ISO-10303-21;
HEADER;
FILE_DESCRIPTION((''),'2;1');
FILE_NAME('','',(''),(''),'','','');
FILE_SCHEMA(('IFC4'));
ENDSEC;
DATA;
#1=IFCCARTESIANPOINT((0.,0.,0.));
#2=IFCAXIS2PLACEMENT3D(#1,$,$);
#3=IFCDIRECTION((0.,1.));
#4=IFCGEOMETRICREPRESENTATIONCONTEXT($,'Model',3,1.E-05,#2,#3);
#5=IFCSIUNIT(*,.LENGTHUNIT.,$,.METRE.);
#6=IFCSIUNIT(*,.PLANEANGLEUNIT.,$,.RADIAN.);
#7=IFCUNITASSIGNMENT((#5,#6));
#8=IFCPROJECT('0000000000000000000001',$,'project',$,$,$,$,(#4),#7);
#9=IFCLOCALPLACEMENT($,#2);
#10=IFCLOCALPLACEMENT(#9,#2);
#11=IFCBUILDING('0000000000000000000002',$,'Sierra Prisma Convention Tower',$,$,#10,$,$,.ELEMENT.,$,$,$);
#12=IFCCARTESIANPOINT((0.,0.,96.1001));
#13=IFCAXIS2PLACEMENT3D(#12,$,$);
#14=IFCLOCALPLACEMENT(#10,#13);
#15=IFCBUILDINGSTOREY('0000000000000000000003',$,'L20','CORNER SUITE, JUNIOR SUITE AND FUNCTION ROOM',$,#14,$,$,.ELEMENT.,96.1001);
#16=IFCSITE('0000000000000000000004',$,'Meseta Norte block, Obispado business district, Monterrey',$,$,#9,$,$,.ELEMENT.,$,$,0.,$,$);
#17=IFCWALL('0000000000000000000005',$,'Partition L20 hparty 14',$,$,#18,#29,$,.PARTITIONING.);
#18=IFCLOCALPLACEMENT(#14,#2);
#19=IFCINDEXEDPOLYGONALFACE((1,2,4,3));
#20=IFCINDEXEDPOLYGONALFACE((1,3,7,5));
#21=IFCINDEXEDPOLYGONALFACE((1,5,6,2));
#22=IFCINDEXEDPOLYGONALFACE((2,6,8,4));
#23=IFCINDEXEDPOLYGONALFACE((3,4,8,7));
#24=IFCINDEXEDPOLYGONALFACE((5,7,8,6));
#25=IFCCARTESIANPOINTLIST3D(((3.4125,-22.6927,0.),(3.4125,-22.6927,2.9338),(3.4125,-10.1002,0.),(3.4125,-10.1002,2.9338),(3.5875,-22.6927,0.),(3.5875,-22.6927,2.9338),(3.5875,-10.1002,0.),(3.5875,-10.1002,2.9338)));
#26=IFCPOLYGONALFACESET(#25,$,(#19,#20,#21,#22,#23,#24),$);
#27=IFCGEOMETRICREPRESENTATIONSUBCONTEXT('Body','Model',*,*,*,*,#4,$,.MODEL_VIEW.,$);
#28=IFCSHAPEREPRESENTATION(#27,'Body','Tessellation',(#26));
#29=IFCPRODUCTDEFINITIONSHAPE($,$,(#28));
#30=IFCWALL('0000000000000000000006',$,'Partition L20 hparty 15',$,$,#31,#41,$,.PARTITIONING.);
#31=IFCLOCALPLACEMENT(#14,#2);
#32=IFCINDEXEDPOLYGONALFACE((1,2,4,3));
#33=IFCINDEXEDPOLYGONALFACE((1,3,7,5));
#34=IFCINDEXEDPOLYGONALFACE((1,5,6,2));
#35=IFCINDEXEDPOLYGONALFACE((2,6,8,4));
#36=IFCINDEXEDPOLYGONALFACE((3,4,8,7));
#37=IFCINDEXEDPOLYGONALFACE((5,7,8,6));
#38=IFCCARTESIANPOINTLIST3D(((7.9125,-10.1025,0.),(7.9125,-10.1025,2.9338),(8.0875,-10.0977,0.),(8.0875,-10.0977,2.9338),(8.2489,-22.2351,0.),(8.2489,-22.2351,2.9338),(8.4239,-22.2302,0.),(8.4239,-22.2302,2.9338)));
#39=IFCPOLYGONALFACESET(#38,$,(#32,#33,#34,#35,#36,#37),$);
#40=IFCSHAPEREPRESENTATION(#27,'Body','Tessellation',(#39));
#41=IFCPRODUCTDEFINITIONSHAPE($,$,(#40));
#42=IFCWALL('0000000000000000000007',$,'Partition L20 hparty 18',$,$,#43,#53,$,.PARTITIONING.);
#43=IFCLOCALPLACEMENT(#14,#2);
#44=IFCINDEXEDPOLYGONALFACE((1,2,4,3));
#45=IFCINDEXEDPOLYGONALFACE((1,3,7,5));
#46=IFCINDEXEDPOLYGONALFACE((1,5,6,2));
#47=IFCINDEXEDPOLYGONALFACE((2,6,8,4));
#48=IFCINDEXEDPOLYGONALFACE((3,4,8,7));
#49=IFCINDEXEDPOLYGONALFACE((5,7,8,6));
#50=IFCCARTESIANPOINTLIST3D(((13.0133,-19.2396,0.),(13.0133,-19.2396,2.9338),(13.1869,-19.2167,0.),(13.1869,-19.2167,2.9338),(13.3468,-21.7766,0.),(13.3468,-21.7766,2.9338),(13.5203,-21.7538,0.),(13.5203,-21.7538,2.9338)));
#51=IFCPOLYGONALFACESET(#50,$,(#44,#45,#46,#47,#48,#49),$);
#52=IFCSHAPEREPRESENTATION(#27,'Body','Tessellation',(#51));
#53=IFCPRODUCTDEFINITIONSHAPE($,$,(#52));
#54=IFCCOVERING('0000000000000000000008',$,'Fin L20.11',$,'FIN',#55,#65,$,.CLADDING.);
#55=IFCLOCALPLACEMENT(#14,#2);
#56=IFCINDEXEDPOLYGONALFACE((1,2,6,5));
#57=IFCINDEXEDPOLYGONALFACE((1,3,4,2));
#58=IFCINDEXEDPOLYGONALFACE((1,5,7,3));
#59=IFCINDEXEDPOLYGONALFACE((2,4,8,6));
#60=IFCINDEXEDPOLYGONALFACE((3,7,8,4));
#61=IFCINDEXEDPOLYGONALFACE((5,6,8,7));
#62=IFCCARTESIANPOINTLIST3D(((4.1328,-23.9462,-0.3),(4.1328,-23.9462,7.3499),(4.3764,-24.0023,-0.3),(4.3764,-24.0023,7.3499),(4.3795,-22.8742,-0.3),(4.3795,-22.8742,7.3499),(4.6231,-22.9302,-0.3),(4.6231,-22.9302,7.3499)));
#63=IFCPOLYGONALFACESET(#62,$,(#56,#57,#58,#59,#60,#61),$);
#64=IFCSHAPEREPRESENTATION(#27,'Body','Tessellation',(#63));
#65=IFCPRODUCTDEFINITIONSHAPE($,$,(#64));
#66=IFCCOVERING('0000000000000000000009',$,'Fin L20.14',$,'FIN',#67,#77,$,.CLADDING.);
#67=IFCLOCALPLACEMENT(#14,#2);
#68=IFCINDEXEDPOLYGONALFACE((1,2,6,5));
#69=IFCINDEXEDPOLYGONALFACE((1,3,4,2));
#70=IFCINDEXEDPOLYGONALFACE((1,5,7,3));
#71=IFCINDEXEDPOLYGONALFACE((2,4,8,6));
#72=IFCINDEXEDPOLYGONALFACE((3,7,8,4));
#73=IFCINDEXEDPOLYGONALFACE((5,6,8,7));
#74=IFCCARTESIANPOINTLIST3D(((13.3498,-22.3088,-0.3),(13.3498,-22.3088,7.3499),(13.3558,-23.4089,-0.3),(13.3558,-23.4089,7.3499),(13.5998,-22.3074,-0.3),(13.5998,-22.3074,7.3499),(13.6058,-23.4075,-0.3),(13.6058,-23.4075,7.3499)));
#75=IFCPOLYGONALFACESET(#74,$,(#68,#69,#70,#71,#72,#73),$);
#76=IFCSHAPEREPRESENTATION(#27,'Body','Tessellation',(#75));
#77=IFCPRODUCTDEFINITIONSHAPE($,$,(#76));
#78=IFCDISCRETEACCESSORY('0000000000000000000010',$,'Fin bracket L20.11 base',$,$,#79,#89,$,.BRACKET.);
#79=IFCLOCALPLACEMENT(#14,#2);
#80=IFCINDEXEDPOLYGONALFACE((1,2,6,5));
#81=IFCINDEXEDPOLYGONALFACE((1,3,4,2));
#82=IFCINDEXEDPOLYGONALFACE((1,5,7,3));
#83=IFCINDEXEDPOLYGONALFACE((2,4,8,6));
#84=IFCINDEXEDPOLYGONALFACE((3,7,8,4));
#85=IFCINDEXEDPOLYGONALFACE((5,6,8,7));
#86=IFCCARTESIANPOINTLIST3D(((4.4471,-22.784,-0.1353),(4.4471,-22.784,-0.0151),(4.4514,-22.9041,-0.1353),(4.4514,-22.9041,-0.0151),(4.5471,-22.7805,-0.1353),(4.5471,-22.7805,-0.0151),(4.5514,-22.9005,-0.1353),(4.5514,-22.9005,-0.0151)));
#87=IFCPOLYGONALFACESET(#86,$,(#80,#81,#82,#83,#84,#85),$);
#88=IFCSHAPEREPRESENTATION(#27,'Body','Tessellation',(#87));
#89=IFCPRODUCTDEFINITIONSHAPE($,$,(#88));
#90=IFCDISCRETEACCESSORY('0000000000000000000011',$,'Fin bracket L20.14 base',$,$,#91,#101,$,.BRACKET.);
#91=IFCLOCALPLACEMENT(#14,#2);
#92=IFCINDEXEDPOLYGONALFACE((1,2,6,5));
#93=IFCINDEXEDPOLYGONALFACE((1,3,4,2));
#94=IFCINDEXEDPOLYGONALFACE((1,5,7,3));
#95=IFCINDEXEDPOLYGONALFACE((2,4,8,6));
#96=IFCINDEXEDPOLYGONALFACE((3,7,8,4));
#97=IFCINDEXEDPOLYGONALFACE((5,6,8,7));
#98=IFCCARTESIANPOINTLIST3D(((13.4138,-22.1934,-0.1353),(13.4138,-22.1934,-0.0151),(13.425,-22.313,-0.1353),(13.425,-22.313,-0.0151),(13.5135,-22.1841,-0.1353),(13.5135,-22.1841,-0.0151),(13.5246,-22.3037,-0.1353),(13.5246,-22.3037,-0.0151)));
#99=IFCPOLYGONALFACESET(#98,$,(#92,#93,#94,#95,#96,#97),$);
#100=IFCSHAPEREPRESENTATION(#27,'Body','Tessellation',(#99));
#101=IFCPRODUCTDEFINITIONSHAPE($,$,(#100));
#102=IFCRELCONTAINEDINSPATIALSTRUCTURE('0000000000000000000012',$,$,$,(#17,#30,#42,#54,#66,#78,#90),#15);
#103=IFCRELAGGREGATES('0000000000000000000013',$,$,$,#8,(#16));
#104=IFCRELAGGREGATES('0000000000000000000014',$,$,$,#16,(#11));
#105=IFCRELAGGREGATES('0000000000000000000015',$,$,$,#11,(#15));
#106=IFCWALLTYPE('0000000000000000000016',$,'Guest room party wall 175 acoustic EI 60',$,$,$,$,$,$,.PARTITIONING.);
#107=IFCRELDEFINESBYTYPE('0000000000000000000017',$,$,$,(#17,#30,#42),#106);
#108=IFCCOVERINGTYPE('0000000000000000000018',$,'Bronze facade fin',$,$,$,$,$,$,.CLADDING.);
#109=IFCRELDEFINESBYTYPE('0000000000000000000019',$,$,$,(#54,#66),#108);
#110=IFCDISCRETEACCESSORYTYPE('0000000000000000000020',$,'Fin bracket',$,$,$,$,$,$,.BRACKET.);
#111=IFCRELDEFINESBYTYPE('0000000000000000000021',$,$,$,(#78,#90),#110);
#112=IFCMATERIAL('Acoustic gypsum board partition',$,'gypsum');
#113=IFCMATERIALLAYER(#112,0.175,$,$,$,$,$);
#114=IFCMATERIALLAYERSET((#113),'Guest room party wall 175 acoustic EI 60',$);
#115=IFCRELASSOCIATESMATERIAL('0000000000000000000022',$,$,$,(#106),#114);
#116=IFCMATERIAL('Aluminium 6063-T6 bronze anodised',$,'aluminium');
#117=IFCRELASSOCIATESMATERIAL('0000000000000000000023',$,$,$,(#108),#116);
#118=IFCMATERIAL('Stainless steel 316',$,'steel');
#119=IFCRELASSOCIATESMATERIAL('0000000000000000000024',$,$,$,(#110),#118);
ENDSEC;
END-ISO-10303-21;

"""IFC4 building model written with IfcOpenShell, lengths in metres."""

from ifc_helpers import new_model, si_unit, direction, frame, frame_2d, origin, origin_2d, place, context, subcontext, project, spatial, rectangle, extrude, material, layer, layer_set, material_profile, profile_set, type_object, element, save


model = new_model("IFC4")

# Units and contexts
model_context = context("Model", 3, precision=1e-05, world=origin(), true_north=direction((0.0, 1.0)))
body_context = subcontext(model_context, "Body", "Model", "MODEL_VIEW")
ifc_project = project(units=[si_unit("LENGTHUNIT", "METRE"), si_unit("PLANEANGLEUNIT", "RADIAN")], contexts=[model_context])

# Site, building, storey
site_placement = place(None, origin())
site = spatial("IfcSite", under=ifc_project, at=site_placement, Name="Meseta Norte block, Obispado business district, Monterrey", CompositionType="ELEMENT", RefElevation=0.0)
building_placement = place(site_placement, origin())
building = spatial("IfcBuilding", under=site, at=building_placement, Name="Sierra Prisma Convention Tower", CompositionType="ELEMENT")
storey_placement = place(building_placement, frame((0.0, 0.0, 96.1001)))
storey = spatial("IfcBuildingStorey", under=building, at=storey_placement, Name="L20", Description="CORNER SUITE, JUNIOR SUITE AND FUNCTION ROOM", CompositionType="ELEMENT", Elevation=96.1001)

# Walls
ifc_material_1 = material(Name="Acoustic gypsum board partition", Category="gypsum")
ifc_layer_1 = layer(ifc_material_1, 0.175)
ifc_layer_set_1 = layer_set([ifc_layer_1], Name="Guest room party wall 175 acoustic EI 60")
wall_type_1 = type_object("IfcWallType", Name="Guest room party wall 175 acoustic EI 60", PredefinedType="PARTITIONING", material=ifc_layer_set_1)
wall_1_placement = place(storey_placement, frame((3.5, -10.1001, 0.0), z_axis=(0.0, 0.0, 1.0), x_axis=(0.0, -1.0, 0.0)))
element("IfcWall", 1, at=wall_1_placement, inside=storey, type_object=wall_type_1, Name="Partition L20 hparty 14", PredefinedType="PARTITIONING", context=body_context, shape_type="SweptSolid", body=[
    extrude(rectangle(XDim=12.5925, YDim=0.175, at=frame_2d((6.2964, 0.0))), origin(), (0.0, 0.0, 1.0), 2.9338),
])
wall_2_placement = place(storey_placement, frame((8.0, -10.1001, 0.0), z_axis=(0.0, 0.0, 1.0), x_axis=(0.027718, -0.999616, 0.0)))
element("IfcWall", 2, at=wall_2_placement, inside=storey, type_object=wall_type_1, Name="Partition L20 hparty 15", PredefinedType="PARTITIONING", context=body_context, shape_type="SweptSolid", body=[
    extrude(rectangle(XDim=12.1372, YDim=0.175, at=frame_2d((6.0686, 0.0))), origin(), (0.0, 0.0, 1.0), 2.9338),
])
wall_3_placement = place(storey_placement, frame((13.1001, -19.2283, 0.0), z_axis=(0.0, 0.0, 1.0), x_axis=(0.130326, -0.991471, 0.0)))
element("IfcWall", 3, at=wall_3_placement, inside=storey, type_object=wall_type_1, Name="Partition L20 hparty 18", PredefinedType="PARTITIONING", context=body_context, shape_type="SweptSolid", body=[
    extrude(rectangle(XDim=2.5588, YDim=0.175, at=frame_2d((1.2793, 0.0))), origin(), (0.0, 0.0, 1.0), 2.9338),
])

# Coverings
ifc_material_2 = material(Name="Aluminium 6063-T6 bronze anodised", Category="aluminium")
ifc_material_profile_1 = material_profile(ifc_material_2, rectangle(XDim=1.1001, YDim=0.25, at=origin_2d()), Name="ALU FIN 1100x250")
ifc_profile_set_1 = profile_set([ifc_material_profile_1], Name="Aluminium 6063-T6 bronze anodised")
covering_type = type_object("IfcCoveringType", Name="Bronze facade fin", PredefinedType="CLADDING", material=ifc_profile_set_1)
for number, where, z_axis, x_axis, name in (
    (4, (4.3779, -23.4382, -0.3), (0.0, 0.0, 1.0), (-0.224236, -0.974535, 0.0), "Fin L20.11"),
    (5, (13.4778, -22.8582, -0.3), (0.0, 0.0, 1.0), (0.0054, -0.999985, 0.0), "Fin L20.14"),
):
    element("IfcCovering", number, at=place(storey_placement, frame(where, z_axis=z_axis, x_axis=x_axis)), inside=storey, type_object=covering_type, Name=name, ObjectType="FIN", PredefinedType="CLADDING", context=body_context, shape_type="SweptSolid", body=[
        extrude(rectangle(XDim=1.1001, YDim=0.25, at=origin_2d()), origin(), (0.0, 0.0, 1.0), 7.6499),
    ])

# Discrete accessories
ifc_material_3 = material(Name="Stainless steel 316", Category="steel")
discrete_accessory_type = type_object("IfcDiscreteAccessoryType", Name="Fin bracket", PredefinedType="BRACKET", material=ifc_material_3)
for number, where, z_axis, x_axis, name in (
    (6, (4.4993, -22.8423, -0.1353), (0.0, 0.0, 1.0), (0.035633, -0.999365, 0.0), "Fin bracket L20.11 base"),
    (7, (13.4692, -22.2485, -0.1353), (0.0, 0.0, 1.0), (0.092534, -0.99571, 0.0), "Fin bracket L20.14 base"),
):
    element("IfcDiscreteAccessory", number, at=place(storey_placement, frame(where, z_axis=z_axis, x_axis=x_axis)), inside=storey, type_object=discrete_accessory_type, Name=name, PredefinedType="BRACKET", context=body_context, shape_type="SweptSolid", body=[
        extrude(rectangle(XDim=0.1201, YDim=0.1001, at=origin_2d()), origin(), (0.0, 0.0, 1.0), 0.1201),
    ])

save(model, "model.ifc")
